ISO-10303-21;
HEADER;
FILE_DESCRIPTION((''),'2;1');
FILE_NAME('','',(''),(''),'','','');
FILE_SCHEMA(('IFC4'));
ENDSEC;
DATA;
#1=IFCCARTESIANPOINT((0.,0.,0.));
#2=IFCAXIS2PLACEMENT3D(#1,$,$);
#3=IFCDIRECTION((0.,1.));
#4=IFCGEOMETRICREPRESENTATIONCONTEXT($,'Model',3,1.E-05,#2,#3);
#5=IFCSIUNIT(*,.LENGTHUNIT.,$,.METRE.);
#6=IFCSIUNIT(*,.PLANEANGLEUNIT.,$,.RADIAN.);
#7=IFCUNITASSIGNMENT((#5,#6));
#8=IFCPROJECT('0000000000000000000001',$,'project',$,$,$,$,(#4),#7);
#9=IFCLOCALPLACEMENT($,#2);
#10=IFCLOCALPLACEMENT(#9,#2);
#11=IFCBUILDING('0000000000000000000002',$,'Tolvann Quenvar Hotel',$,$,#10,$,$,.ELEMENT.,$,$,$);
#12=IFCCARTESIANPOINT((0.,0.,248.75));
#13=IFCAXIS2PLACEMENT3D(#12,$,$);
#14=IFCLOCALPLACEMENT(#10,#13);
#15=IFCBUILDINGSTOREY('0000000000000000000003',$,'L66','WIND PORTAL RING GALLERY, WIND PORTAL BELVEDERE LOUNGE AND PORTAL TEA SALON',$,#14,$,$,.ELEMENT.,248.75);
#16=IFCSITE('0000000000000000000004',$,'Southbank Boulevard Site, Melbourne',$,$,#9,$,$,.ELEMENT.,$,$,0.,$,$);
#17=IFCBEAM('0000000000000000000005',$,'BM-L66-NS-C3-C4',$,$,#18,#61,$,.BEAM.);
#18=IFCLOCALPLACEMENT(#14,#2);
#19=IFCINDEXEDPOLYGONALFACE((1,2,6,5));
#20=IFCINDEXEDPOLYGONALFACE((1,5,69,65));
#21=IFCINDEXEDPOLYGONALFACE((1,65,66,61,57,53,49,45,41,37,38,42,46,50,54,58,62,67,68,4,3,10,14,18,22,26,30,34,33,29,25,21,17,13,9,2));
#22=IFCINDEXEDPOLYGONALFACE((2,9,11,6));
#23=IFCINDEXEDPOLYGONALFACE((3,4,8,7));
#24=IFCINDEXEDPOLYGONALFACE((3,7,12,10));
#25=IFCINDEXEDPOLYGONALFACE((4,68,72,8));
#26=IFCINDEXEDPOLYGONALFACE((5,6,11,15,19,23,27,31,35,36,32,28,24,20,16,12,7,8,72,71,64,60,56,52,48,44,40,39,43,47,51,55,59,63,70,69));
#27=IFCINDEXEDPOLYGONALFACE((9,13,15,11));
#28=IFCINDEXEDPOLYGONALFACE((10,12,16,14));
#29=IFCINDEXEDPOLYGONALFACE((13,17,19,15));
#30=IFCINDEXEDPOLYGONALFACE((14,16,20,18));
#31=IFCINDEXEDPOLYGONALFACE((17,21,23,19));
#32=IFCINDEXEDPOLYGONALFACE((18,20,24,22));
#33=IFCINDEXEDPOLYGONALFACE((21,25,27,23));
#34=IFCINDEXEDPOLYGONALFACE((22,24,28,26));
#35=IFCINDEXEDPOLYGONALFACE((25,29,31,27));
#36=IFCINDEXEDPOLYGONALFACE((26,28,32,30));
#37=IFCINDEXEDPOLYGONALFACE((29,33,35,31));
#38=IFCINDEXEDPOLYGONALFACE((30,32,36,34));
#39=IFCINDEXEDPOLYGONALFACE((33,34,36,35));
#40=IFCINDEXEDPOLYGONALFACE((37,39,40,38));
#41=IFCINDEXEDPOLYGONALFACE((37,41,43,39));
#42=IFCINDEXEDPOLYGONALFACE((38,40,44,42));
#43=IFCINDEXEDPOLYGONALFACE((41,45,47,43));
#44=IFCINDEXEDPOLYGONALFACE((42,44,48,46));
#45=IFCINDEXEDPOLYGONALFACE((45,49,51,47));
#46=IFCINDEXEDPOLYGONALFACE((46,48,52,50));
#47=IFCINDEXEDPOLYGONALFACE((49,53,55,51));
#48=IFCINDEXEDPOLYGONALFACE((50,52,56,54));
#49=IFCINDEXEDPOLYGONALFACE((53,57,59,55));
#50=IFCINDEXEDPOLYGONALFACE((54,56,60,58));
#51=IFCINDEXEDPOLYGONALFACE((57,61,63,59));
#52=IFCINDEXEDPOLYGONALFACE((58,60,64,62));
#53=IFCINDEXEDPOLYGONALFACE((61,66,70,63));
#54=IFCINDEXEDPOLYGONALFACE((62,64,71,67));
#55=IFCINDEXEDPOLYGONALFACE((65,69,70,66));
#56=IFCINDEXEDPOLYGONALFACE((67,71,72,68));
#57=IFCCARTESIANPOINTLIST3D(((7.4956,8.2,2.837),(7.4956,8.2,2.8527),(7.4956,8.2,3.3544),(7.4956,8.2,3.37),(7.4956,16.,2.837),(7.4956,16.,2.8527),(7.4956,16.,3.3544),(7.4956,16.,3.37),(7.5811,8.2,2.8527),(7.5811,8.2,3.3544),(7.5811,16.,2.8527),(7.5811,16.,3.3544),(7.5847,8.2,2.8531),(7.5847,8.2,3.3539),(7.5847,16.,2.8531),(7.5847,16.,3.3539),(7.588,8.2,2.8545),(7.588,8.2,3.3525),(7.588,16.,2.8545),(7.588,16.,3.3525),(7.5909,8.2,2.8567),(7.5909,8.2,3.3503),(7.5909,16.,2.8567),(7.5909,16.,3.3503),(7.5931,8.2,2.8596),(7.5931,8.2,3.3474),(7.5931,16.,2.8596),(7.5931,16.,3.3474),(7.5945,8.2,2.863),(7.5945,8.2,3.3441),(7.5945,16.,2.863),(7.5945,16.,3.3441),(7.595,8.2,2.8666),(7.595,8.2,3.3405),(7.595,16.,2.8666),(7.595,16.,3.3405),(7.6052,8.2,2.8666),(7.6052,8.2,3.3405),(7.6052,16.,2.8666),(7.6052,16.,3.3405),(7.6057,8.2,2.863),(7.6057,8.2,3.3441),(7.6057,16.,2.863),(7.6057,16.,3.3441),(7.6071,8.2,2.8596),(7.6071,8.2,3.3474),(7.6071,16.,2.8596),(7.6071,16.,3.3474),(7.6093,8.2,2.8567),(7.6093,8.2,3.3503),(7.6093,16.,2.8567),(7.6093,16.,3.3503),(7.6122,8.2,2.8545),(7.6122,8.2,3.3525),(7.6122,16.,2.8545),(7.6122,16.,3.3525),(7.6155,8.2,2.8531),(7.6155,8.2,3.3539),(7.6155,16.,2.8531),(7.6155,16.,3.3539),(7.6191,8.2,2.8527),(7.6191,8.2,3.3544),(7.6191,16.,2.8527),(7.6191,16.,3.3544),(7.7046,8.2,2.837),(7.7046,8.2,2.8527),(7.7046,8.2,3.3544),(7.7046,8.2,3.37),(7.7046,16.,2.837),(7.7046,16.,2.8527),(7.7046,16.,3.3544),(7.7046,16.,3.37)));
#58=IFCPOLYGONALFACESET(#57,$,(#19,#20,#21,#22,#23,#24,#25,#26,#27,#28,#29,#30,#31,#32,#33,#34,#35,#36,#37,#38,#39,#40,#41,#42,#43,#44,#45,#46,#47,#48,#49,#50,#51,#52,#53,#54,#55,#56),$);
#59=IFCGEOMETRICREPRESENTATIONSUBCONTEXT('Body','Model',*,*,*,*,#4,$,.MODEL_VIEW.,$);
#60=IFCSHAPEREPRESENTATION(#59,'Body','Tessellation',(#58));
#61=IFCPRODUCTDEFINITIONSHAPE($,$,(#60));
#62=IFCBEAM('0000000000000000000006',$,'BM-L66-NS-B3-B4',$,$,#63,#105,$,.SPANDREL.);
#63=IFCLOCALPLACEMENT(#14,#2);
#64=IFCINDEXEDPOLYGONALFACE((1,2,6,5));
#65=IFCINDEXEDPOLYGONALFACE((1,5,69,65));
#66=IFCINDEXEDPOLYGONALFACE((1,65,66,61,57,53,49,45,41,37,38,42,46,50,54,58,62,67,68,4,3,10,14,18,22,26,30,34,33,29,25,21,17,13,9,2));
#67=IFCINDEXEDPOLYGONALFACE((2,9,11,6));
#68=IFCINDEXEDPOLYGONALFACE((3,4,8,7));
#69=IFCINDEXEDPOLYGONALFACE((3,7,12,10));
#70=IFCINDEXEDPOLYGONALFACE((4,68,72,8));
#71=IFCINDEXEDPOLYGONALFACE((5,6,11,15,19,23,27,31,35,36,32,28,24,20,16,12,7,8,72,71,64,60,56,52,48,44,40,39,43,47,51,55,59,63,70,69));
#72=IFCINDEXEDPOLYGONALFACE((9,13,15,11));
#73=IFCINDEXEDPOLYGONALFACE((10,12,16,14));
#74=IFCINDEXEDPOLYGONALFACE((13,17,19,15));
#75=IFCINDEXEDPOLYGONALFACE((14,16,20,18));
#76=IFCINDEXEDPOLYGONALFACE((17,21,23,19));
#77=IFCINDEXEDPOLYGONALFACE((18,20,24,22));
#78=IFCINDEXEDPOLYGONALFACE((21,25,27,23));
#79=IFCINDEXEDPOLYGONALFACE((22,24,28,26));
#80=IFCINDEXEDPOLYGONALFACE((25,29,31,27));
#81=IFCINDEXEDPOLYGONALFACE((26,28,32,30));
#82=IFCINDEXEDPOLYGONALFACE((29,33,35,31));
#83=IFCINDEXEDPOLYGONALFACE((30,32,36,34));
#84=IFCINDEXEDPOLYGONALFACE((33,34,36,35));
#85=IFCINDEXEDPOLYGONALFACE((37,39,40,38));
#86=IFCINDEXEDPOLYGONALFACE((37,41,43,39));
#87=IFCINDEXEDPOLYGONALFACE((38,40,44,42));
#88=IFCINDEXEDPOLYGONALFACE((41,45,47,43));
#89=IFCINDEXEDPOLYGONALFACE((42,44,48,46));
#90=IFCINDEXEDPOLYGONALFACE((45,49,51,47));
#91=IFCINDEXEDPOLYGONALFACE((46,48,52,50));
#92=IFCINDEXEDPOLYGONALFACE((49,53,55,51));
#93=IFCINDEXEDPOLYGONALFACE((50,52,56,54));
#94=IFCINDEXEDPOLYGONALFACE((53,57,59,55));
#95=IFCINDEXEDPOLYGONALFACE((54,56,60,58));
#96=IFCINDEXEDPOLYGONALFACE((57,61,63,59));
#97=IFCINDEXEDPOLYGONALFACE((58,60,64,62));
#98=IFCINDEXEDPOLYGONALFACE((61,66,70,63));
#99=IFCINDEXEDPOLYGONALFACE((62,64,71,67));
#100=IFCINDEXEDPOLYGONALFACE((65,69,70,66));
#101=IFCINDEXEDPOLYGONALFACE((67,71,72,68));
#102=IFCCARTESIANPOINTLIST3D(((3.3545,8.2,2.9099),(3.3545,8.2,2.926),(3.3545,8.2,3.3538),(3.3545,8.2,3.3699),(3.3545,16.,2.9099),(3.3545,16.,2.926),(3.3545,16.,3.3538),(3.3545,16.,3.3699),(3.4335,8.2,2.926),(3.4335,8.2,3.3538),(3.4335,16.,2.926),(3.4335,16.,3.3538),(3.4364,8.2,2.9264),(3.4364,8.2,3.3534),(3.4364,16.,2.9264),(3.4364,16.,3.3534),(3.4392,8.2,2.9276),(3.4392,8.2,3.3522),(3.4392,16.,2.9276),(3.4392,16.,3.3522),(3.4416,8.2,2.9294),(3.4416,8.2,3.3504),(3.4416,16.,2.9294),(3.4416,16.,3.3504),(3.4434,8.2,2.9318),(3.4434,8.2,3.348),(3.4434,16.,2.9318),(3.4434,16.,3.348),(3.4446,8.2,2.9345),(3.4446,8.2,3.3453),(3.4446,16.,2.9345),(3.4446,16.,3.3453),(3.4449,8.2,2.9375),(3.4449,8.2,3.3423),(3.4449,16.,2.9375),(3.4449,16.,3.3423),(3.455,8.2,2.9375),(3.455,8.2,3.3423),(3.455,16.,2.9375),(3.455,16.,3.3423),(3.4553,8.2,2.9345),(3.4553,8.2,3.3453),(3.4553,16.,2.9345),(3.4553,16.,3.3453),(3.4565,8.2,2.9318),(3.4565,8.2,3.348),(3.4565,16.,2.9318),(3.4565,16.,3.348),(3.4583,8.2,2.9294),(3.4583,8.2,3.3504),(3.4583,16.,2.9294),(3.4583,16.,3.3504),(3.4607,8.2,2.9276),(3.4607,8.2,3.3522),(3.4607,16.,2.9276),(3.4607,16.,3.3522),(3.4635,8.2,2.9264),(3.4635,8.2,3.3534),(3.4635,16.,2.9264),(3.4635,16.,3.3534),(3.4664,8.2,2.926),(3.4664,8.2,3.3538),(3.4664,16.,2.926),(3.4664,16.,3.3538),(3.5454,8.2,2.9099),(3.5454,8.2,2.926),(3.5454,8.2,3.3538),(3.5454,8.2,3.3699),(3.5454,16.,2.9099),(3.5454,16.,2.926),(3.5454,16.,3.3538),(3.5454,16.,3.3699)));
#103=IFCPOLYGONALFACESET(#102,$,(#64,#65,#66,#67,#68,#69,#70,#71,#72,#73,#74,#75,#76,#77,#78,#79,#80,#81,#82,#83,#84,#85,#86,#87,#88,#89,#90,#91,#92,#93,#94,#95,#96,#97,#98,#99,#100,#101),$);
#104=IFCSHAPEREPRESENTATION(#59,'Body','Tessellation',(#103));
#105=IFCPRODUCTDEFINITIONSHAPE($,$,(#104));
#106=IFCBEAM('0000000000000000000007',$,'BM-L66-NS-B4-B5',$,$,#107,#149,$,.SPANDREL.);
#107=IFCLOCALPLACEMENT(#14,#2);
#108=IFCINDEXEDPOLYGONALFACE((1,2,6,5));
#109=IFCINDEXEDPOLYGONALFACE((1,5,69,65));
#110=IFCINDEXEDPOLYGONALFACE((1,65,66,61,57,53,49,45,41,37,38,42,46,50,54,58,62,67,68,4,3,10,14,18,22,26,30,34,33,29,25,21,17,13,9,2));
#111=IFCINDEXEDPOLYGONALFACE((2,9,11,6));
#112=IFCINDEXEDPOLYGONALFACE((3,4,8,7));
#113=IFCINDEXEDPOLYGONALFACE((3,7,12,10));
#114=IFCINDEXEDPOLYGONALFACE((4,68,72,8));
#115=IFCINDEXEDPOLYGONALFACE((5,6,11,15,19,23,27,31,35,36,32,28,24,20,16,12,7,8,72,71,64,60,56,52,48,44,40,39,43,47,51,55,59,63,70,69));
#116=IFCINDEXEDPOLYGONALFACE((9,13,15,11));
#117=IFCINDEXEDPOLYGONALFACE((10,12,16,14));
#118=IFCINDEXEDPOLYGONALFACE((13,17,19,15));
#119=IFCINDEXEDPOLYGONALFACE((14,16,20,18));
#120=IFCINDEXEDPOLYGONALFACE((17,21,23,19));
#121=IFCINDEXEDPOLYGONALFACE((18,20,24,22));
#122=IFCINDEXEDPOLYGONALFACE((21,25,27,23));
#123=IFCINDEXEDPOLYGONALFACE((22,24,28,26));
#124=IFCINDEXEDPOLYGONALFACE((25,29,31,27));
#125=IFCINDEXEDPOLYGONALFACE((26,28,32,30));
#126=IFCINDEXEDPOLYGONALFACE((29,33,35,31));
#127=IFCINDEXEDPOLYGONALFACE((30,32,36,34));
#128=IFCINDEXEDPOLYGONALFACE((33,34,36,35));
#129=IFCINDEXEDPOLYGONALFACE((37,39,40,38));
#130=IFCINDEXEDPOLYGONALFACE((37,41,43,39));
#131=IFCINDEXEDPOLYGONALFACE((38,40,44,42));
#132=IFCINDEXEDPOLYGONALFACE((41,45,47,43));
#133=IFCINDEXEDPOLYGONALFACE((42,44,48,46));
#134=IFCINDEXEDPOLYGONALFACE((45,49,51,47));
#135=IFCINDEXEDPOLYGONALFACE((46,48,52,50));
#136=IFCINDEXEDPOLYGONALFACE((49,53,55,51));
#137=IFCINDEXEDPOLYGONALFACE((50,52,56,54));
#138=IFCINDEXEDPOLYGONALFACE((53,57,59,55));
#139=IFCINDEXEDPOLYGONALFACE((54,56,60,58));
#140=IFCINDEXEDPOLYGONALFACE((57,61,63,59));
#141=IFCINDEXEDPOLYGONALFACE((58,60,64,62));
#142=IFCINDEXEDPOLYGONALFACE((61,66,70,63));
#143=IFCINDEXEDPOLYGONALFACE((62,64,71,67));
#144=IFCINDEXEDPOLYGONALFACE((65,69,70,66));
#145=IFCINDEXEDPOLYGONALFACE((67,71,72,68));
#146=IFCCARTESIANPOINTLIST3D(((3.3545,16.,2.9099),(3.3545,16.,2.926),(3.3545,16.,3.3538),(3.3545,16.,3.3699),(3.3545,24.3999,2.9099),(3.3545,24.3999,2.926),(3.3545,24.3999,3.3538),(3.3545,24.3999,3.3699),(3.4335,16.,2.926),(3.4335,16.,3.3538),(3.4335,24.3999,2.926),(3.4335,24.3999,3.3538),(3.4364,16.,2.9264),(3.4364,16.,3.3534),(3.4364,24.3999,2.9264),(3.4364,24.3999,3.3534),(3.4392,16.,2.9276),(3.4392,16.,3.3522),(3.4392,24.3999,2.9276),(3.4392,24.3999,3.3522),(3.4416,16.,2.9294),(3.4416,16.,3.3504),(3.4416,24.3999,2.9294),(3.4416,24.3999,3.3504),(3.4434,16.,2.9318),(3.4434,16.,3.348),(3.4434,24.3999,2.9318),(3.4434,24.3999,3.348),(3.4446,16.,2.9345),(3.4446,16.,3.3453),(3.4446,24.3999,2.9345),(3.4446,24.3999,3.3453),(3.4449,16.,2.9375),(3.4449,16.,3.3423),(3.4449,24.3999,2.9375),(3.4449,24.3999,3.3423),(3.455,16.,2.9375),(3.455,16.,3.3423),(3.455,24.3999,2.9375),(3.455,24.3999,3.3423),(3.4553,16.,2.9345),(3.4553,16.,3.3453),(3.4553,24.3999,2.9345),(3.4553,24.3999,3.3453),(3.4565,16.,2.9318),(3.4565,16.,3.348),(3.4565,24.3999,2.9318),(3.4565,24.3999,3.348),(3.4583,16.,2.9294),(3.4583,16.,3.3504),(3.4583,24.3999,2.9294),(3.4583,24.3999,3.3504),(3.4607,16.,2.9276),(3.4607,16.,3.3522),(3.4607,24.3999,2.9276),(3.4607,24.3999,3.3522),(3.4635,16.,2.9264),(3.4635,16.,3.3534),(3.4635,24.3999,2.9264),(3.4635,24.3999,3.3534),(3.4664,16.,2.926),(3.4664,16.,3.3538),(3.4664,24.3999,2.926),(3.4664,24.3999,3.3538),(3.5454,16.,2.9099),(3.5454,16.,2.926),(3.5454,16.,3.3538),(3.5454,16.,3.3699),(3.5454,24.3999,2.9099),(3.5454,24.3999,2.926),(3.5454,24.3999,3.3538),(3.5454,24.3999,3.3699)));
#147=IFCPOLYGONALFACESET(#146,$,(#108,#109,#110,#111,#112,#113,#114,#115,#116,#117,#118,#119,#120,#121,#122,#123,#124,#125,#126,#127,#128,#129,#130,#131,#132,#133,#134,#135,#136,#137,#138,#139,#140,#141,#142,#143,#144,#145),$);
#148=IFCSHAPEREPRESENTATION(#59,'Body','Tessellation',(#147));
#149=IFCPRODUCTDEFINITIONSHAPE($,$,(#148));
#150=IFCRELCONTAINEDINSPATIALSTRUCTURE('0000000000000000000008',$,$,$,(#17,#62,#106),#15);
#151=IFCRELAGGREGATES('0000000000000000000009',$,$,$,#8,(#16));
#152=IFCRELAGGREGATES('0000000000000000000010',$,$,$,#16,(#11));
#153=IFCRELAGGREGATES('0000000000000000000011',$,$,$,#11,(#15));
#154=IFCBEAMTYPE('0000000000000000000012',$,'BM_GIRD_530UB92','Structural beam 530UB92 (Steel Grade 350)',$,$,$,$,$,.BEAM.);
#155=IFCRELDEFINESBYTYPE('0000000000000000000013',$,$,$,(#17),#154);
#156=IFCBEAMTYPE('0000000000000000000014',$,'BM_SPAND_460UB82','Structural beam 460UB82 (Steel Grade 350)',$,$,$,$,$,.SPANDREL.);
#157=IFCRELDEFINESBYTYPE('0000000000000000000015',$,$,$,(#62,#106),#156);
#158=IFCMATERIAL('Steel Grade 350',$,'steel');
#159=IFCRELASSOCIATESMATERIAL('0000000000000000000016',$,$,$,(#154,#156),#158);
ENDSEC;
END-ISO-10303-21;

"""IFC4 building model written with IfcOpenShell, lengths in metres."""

from ifc_helpers import new_model, si_unit, direction, frame, origin, origin_2d, place, context, subcontext, project, spatial, i_section, extrude, source, transform, mapped, material, material_profile, profile_set, type_object, type_shapes, element, save


model = new_model("IFC4")

# Units and contexts
model_context = context("Model", 3, precision=1e-05, world=origin(), true_north=direction((0.0, 1.0)))
body_context = subcontext(model_context, "Body", "Model", "MODEL_VIEW")
ifc_project = project(units=[si_unit("LENGTHUNIT", "METRE"), si_unit("PLANEANGLEUNIT", "RADIAN")], contexts=[model_context])

# Site, building, storey
site_placement = place(None, origin())
site = spatial("IfcSite", under=ifc_project, at=site_placement, Name="Southbank Boulevard Site, Melbourne", CompositionType="ELEMENT", RefElevation=0.0)
building_placement = place(site_placement, origin())
building = spatial("IfcBuilding", under=site, at=building_placement, Name="Tolvann Quenvar Hotel", CompositionType="ELEMENT")
storey_placement = place(building_placement, frame((0.0, 0.0, 248.75)))
storey = spatial("IfcBuildingStorey", under=building, at=storey_placement, Name="L66", Description="WIND PORTAL RING GALLERY, WIND PORTAL BELVEDERE LOUNGE AND PORTAL TEA SALON", CompositionType="ELEMENT", Elevation=248.75)

# Shared definitions
ifc_material_1 = material(Name="Steel Grade 350", Category="steel")

# Beams
ifc_material_profile_1 = material_profile(ifc_material_1, i_section(OverallWidth=0.209, OverallDepth=0.533, WebThickness=0.0103, FlangeThickness=0.0156, FilletRadius=0.0139, at=origin_2d()), Name="530UB92")
ifc_profile_set_1 = profile_set([ifc_material_profile_1], Name="Steel Grade 350")
beam_type_1 = type_object("IfcBeamType", Name="BM_GIRD_530UB92", Description="Structural beam 530UB92 (Steel Grade 350)", PredefinedType="BEAM", material=ifc_profile_set_1)
shared_shape_1 = source(origin(), body_context, "Body", "SweptSolid", [
    extrude(i_section(OverallWidth=0.209, OverallDepth=0.533, WebThickness=0.0103, FlangeThickness=0.0156, FilletRadius=0.0139, at=origin_2d()), origin(), (0.0, 0.0, 1.0), 7.8),
])
beam_1_placement = place(storey_placement, frame((7.6001, 8.2, 3.1035), z_axis=(0.0, 1.0, 0.0), x_axis=(-1.0, 0.0, 0.0)))
element("IfcBeam", 1, at=beam_1_placement, inside=storey, type_object=beam_type_1, Name="BM-L66-NS-C3-C4", PredefinedType="BEAM", context=body_context, shape_type="MappedRepresentation", body=[
    mapped(shared_shape_1, transform((0.0, 0.0, 0.0), x_axis=(1.0, 0.0, 0.0), y_axis=(0.0, 1.0, 0.0), z_axis=(0.0, 0.0, 1.0), scale=1.0)),
])
ifc_material_profile_2 = material_profile(ifc_material_1, i_section(OverallWidth=0.1909, OverallDepth=0.46, WebThickness=0.01, FlangeThickness=0.0161, FilletRadius=0.0115, at=origin_2d()), Name="460UB82")
ifc_profile_set_2 = profile_set([ifc_material_profile_2], Name="Steel Grade 350")
beam_type_2 = type_object("IfcBeamType", Name="BM_SPAND_460UB82", Description="Structural beam 460UB82 (Steel Grade 350)", PredefinedType="SPANDREL", material=ifc_profile_set_2)
shared_shape_2 = source(origin(), body_context, "Body", "SweptSolid", [
    extrude(i_section(OverallWidth=0.1909, OverallDepth=0.46, WebThickness=0.01, FlangeThickness=0.0161, FilletRadius=0.0115, at=origin_2d()), origin(), (0.0, 0.0, 1.0), 7.8),
])
beam_2_placement = place(storey_placement, frame((3.45, 8.2, 3.1399), z_axis=(0.0, 1.0, 0.0), x_axis=(-1.0, 0.0, 0.0)))
element("IfcBeam", 2, at=beam_2_placement, inside=storey, type_object=beam_type_2, Name="BM-L66-NS-B3-B4", PredefinedType="SPANDREL", context=body_context, shape_type="MappedRepresentation", body=[
    mapped(shared_shape_2, transform((0.0, 0.0, 0.0), x_axis=(1.0, 0.0, 0.0), y_axis=(0.0, 1.0, 0.0), z_axis=(0.0, 0.0, 1.0), scale=1.0)),
])
shared_shape_3 = source(origin(), body_context, "Body", "SweptSolid", [
    extrude(i_section(OverallWidth=0.1909, OverallDepth=0.46, WebThickness=0.01, FlangeThickness=0.0161, FilletRadius=0.0115, at=origin_2d()), origin(), (0.0, 0.0, 1.0), 8.3999),
])
type_shapes(beam_type_2, [shared_shape_2, shared_shape_3])
beam_3_placement = place(storey_placement, frame((3.45, 16.0, 3.1399), z_axis=(0.0, 1.0, 0.0), x_axis=(-1.0, 0.0, 0.0)))
element("IfcBeam", 3, at=beam_3_placement, inside=storey, type_object=beam_type_2, Name="BM-L66-NS-B4-B5", PredefinedType="SPANDREL", context=body_context, shape_type="MappedRepresentation", body=[
    mapped(shared_shape_3, transform((0.0, 0.0, 0.0), x_axis=(1.0, 0.0, 0.0), y_axis=(0.0, 1.0, 0.0), z_axis=(0.0, 0.0, 1.0), scale=1.0)),
])

save(model, "model.ifc")
